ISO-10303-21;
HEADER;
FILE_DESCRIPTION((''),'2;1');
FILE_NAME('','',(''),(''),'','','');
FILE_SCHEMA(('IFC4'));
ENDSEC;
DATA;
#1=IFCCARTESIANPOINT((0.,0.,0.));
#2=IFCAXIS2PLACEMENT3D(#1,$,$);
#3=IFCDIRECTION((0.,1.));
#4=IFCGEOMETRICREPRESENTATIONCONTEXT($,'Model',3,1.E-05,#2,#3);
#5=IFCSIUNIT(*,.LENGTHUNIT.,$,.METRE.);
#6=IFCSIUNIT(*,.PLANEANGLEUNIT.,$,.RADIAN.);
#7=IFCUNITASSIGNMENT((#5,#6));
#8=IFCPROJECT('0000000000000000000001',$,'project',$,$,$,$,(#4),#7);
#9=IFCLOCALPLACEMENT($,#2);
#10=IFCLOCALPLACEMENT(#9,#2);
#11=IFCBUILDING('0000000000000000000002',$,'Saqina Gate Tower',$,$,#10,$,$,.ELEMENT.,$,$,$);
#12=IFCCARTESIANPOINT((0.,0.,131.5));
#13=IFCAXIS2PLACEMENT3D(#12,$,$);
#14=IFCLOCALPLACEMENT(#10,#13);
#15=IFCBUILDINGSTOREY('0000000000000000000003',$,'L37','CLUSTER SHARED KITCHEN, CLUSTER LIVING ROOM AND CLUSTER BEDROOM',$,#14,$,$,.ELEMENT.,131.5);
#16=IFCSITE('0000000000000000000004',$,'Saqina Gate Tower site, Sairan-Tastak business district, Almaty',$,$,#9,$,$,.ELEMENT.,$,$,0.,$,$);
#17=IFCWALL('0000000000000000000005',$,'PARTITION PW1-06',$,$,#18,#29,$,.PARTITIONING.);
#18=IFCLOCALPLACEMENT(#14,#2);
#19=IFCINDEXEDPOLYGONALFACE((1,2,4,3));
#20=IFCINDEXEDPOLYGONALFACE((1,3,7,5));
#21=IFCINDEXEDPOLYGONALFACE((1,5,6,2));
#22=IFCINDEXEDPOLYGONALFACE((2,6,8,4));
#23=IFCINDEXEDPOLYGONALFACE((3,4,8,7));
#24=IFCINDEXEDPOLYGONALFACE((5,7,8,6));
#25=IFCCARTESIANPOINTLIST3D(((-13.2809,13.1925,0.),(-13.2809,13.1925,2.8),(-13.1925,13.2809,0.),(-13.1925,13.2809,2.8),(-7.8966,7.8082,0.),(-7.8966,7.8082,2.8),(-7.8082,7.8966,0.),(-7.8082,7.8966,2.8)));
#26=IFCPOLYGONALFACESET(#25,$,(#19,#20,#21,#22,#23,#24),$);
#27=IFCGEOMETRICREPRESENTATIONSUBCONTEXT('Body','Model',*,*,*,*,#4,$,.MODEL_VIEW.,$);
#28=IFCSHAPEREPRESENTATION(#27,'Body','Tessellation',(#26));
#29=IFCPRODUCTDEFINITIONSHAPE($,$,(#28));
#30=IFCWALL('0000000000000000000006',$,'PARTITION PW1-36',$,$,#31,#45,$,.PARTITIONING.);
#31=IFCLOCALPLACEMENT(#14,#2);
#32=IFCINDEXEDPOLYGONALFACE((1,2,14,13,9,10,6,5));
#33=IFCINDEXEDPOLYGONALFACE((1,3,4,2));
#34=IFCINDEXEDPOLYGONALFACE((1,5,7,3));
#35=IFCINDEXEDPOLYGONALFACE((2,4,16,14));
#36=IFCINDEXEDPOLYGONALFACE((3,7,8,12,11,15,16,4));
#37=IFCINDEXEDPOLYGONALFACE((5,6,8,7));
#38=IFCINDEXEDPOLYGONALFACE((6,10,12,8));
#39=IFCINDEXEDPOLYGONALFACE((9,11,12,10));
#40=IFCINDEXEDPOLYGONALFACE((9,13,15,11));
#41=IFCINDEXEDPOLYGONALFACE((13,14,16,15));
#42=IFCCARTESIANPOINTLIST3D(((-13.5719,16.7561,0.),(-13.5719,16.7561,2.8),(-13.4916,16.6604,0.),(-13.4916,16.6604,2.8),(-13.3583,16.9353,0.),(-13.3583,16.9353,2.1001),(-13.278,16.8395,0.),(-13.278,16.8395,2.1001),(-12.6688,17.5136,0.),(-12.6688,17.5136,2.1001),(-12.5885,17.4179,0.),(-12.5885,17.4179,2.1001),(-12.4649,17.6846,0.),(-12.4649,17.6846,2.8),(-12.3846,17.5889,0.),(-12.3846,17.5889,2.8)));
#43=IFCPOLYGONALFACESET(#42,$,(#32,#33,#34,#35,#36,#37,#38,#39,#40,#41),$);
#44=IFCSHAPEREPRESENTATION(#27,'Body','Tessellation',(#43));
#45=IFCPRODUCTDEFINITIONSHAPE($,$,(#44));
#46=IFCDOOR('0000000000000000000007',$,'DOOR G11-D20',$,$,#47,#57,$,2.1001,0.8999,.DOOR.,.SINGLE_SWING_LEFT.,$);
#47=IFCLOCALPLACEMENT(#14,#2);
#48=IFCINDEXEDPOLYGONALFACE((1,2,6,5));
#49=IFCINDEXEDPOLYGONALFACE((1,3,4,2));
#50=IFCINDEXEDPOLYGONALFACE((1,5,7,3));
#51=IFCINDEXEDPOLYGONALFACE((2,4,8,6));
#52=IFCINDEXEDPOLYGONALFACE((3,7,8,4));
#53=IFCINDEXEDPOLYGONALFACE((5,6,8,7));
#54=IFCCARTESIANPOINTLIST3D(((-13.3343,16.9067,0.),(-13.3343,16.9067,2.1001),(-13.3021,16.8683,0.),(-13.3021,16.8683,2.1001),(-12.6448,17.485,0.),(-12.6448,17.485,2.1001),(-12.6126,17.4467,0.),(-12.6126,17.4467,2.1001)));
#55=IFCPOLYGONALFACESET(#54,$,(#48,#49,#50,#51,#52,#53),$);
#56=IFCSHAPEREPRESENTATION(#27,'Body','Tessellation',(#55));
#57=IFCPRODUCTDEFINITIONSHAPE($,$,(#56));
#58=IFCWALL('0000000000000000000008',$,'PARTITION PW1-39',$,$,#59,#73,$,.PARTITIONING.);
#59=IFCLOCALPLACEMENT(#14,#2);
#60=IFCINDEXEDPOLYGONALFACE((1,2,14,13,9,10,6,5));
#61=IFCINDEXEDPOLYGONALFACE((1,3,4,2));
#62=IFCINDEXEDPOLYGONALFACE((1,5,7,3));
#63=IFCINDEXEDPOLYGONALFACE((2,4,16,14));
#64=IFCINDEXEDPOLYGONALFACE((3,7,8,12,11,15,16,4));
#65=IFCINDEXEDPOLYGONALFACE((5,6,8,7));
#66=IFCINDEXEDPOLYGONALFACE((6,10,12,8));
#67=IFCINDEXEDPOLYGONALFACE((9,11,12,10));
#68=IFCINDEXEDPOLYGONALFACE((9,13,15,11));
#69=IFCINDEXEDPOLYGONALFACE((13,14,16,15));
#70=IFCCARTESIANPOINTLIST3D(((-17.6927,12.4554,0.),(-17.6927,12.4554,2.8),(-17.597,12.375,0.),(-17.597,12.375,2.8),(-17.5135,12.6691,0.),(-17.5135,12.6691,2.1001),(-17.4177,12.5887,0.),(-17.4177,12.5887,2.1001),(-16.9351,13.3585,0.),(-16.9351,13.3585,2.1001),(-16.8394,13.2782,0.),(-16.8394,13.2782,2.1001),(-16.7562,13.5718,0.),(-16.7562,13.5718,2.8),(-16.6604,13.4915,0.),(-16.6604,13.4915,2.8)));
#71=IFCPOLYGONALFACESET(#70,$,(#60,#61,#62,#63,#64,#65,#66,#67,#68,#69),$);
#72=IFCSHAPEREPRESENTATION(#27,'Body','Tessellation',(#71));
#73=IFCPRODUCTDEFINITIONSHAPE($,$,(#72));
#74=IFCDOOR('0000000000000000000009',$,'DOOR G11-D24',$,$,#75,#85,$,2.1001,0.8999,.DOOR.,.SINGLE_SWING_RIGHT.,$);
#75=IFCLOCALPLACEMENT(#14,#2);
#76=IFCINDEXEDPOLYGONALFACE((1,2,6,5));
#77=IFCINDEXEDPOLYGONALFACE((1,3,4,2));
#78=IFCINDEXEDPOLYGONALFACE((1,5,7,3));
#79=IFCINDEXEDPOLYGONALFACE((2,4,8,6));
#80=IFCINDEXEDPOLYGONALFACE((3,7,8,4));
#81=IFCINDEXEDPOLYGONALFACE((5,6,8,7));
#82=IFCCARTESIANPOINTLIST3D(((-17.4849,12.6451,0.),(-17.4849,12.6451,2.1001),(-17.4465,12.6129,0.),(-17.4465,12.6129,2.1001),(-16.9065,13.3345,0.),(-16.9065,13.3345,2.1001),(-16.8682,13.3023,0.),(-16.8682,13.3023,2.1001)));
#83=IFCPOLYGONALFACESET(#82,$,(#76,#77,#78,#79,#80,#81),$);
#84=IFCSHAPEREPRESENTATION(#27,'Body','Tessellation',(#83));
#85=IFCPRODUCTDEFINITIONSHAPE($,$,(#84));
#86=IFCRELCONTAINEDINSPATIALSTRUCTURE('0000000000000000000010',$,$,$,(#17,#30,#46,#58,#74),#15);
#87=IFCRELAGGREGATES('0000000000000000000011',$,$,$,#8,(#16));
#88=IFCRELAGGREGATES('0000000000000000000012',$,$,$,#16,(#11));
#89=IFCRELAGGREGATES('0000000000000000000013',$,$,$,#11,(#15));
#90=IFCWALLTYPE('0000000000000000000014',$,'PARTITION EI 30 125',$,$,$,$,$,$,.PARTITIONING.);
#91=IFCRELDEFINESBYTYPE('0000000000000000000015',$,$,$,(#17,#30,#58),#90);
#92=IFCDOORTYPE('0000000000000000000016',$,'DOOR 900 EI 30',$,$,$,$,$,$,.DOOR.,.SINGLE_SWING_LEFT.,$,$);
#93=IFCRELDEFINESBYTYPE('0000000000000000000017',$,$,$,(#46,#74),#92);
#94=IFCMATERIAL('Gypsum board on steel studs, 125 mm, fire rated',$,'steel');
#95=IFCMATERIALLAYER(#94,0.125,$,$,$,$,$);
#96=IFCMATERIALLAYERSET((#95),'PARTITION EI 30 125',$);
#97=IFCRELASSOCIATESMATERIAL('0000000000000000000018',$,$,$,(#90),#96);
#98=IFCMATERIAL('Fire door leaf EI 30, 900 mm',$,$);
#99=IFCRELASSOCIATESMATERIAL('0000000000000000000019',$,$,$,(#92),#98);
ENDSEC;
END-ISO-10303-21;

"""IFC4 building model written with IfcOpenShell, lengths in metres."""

from ifc_helpers import new_model, si_unit, direction, frame, frame_2d, origin, place, context, subcontext, project, spatial, rectangle, extrude, material, layer, layer_set, type_object, element, fill, save


model = new_model("IFC4")

# Units and contexts
model_context = context("Model", 3, precision=1e-05, world=origin(), true_north=direction((0.0, 1.0)))
body_context = subcontext(model_context, "Body", "Model", "MODEL_VIEW")
ifc_project = project(units=[si_unit("LENGTHUNIT", "METRE"), si_unit("PLANEANGLEUNIT", "RADIAN")], contexts=[model_context])

# Site, building, storey
site_placement = place(None, origin())
site = spatial("IfcSite", under=ifc_project, at=site_placement, Name="Saqina Gate Tower site, Sairan-Tastak business district, Almaty", CompositionType="ELEMENT", RefElevation=0.0)
building_placement = place(site_placement, origin())
building = spatial("IfcBuilding", under=site, at=building_placement, Name="Saqina Gate Tower", CompositionType="ELEMENT")
storey_placement = place(building_placement, frame((0.0, 0.0, 131.5)))
storey = spatial("IfcBuildingStorey", under=building, at=storey_placement, Name="L37", Description="CLUSTER SHARED KITCHEN, CLUSTER LIVING ROOM AND CLUSTER BEDROOM", CompositionType="ELEMENT", Elevation=131.5)

# Wall
ifc_material_1 = material(Name="Gypsum board on steel studs, 125 mm, fire rated", Category="steel")
ifc_layer_1 = layer(ifc_material_1, 0.125)
ifc_layer_set_1 = layer_set([ifc_layer_1], Name="PARTITION EI 30 125")
wall_type_1 = type_object("IfcWallType", Name="PARTITION EI 30 125", PredefinedType="PARTITIONING", material=ifc_layer_set_1)
wall_1_placement = place(storey_placement, frame((-13.2366, 13.2366, 0.0), z_axis=(0.0, 0.0, 1.0), x_axis=(0.707107, -0.707107, 0.0)))
element("IfcWall", 1, at=wall_1_placement, inside=storey, type_object=wall_type_1, Name="PARTITION PW1-06", PredefinedType="PARTITIONING", context=body_context, shape_type="SweptSolid", body=[
    extrude(rectangle(XDim=7.6145, YDim=0.125, at=frame_2d((3.8071, 0.0))), origin(), (0.0, 0.0, 1.0), 2.8),
])

# Walls, openings, doors
wall_2_placement = place(storey_placement, frame((-13.5317, 16.7083, 0.0), z_axis=(0.0, 0.0, 1.0), x_axis=(0.766167, 0.642641, 0.0)))
wall_2 = element("IfcWall", 2, at=wall_2_placement, inside=storey, type_object=wall_type_1, Name="PARTITION PW1-36", PredefinedType="PARTITIONING", context=body_context, shape_type="SweptSolid", body=[
    extrude(rectangle(XDim=1.4448, YDim=0.125, at=frame_2d((0.7224, 0.0))), origin(), (0.0, 0.0, 1.0), 2.8),
])
opening_1_placement = place(wall_2_placement, frame((0.2788, 0.0, 0.0)))
opening_1 = element("IfcOpeningElement", 3, at=opening_1_placement, cuts=wall_2, PredefinedType="OPENING", context=body_context, shape_type="SweptSolid", body=[
    extrude(rectangle(XDim=0.8999, YDim=2.1001, at=frame_2d((0.45, 1.05))), frame((0.0, 0.0745, 0.0), z_axis=(0.0, -1.0, 0.0), x_axis=(1.0, 0.0, 0.0)), (0.0, 0.0, 1.0), 0.1489),
])
ifc_material_2 = material(Name="Fire door leaf EI 30, 900 mm")
door_type_1 = type_object("IfcDoorType", Name="DOOR 900 EI 30", OperationType="SINGLE_SWING_LEFT", PredefinedType="DOOR", material=ifc_material_2)
door_1_placement = place(opening_1_placement, frame((0.8999, 0.0, 0.0), z_axis=(0.0, 0.0, 1.0), x_axis=(-1.0, 0.0, 0.0)))
door_1 = element("IfcDoor", 4, at=door_1_placement, inside=storey, type_object=door_type_1, Name="DOOR G11-D20", OperationType="SINGLE_SWING_LEFT", OverallHeight=2.1001, OverallWidth=0.8999, PredefinedType="DOOR", context=body_context, shape_type="SweptSolid", body=[
    extrude(rectangle(XDim=0.8999, YDim=2.1001, at=frame_2d((0.45, 1.05))), frame((0.0, 0.0249, 0.0), z_axis=(0.0, -1.0, 0.0), x_axis=(1.0, 0.0, 0.0)), (0.0, 0.0, 1.0), 0.05),
])
fill(opening_1, door_1)
wall_3_placement = place(storey_placement, frame((-17.6448, 12.4153, 0.0), z_axis=(0.0, 0.0, 1.0), x_axis=(0.642669, 0.766144, 0.0)))
wall_3 = element("IfcWall", 5, at=wall_3_placement, inside=storey, type_object=wall_type_1, Name="PARTITION PW1-39", PredefinedType="PARTITIONING", context=body_context, shape_type="SweptSolid", body=[
    extrude(rectangle(XDim=1.4573, YDim=0.125, at=frame_2d((0.7285, 0.0))), origin(), (0.0, 0.0, 1.0), 2.8),
])
opening_2_placement = place(wall_3_placement, frame((0.2788, 0.0, 0.0)))
opening_2 = element("IfcOpeningElement", 6, at=opening_2_placement, cuts=wall_3, PredefinedType="OPENING", context=body_context, shape_type="SweptSolid", body=[
    extrude(rectangle(XDim=0.8999, YDim=2.1001, at=frame_2d((0.45, 1.05))), frame((0.0, 0.0745, 0.0), z_axis=(0.0, -1.0, 0.0), x_axis=(1.0, 0.0, 0.0)), (0.0, 0.0, 1.0), 0.1489),
])
door_2_placement = place(opening_2_placement, frame((0.8999, 0.0, 0.0), z_axis=(0.0, 0.0, 1.0), x_axis=(-1.0, 0.0, 0.0)))
door_2 = element("IfcDoor", 7, at=door_2_placement, inside=storey, type_object=door_type_1, Name="DOOR G11-D24", OperationType="SINGLE_SWING_RIGHT", OverallHeight=2.1001, OverallWidth=0.8999, PredefinedType="DOOR", context=body_context, shape_type="SweptSolid", body=[
    extrude(rectangle(XDim=0.8999, YDim=2.1001, at=frame_2d((0.45, 1.05))), frame((0.0, 0.0249, 0.0), z_axis=(0.0, -1.0, 0.0), x_axis=(1.0, 0.0, 0.0)), (0.0, 0.0, 1.0), 0.05),
])
fill(opening_2, door_2)

save(model, "model.ifc")
